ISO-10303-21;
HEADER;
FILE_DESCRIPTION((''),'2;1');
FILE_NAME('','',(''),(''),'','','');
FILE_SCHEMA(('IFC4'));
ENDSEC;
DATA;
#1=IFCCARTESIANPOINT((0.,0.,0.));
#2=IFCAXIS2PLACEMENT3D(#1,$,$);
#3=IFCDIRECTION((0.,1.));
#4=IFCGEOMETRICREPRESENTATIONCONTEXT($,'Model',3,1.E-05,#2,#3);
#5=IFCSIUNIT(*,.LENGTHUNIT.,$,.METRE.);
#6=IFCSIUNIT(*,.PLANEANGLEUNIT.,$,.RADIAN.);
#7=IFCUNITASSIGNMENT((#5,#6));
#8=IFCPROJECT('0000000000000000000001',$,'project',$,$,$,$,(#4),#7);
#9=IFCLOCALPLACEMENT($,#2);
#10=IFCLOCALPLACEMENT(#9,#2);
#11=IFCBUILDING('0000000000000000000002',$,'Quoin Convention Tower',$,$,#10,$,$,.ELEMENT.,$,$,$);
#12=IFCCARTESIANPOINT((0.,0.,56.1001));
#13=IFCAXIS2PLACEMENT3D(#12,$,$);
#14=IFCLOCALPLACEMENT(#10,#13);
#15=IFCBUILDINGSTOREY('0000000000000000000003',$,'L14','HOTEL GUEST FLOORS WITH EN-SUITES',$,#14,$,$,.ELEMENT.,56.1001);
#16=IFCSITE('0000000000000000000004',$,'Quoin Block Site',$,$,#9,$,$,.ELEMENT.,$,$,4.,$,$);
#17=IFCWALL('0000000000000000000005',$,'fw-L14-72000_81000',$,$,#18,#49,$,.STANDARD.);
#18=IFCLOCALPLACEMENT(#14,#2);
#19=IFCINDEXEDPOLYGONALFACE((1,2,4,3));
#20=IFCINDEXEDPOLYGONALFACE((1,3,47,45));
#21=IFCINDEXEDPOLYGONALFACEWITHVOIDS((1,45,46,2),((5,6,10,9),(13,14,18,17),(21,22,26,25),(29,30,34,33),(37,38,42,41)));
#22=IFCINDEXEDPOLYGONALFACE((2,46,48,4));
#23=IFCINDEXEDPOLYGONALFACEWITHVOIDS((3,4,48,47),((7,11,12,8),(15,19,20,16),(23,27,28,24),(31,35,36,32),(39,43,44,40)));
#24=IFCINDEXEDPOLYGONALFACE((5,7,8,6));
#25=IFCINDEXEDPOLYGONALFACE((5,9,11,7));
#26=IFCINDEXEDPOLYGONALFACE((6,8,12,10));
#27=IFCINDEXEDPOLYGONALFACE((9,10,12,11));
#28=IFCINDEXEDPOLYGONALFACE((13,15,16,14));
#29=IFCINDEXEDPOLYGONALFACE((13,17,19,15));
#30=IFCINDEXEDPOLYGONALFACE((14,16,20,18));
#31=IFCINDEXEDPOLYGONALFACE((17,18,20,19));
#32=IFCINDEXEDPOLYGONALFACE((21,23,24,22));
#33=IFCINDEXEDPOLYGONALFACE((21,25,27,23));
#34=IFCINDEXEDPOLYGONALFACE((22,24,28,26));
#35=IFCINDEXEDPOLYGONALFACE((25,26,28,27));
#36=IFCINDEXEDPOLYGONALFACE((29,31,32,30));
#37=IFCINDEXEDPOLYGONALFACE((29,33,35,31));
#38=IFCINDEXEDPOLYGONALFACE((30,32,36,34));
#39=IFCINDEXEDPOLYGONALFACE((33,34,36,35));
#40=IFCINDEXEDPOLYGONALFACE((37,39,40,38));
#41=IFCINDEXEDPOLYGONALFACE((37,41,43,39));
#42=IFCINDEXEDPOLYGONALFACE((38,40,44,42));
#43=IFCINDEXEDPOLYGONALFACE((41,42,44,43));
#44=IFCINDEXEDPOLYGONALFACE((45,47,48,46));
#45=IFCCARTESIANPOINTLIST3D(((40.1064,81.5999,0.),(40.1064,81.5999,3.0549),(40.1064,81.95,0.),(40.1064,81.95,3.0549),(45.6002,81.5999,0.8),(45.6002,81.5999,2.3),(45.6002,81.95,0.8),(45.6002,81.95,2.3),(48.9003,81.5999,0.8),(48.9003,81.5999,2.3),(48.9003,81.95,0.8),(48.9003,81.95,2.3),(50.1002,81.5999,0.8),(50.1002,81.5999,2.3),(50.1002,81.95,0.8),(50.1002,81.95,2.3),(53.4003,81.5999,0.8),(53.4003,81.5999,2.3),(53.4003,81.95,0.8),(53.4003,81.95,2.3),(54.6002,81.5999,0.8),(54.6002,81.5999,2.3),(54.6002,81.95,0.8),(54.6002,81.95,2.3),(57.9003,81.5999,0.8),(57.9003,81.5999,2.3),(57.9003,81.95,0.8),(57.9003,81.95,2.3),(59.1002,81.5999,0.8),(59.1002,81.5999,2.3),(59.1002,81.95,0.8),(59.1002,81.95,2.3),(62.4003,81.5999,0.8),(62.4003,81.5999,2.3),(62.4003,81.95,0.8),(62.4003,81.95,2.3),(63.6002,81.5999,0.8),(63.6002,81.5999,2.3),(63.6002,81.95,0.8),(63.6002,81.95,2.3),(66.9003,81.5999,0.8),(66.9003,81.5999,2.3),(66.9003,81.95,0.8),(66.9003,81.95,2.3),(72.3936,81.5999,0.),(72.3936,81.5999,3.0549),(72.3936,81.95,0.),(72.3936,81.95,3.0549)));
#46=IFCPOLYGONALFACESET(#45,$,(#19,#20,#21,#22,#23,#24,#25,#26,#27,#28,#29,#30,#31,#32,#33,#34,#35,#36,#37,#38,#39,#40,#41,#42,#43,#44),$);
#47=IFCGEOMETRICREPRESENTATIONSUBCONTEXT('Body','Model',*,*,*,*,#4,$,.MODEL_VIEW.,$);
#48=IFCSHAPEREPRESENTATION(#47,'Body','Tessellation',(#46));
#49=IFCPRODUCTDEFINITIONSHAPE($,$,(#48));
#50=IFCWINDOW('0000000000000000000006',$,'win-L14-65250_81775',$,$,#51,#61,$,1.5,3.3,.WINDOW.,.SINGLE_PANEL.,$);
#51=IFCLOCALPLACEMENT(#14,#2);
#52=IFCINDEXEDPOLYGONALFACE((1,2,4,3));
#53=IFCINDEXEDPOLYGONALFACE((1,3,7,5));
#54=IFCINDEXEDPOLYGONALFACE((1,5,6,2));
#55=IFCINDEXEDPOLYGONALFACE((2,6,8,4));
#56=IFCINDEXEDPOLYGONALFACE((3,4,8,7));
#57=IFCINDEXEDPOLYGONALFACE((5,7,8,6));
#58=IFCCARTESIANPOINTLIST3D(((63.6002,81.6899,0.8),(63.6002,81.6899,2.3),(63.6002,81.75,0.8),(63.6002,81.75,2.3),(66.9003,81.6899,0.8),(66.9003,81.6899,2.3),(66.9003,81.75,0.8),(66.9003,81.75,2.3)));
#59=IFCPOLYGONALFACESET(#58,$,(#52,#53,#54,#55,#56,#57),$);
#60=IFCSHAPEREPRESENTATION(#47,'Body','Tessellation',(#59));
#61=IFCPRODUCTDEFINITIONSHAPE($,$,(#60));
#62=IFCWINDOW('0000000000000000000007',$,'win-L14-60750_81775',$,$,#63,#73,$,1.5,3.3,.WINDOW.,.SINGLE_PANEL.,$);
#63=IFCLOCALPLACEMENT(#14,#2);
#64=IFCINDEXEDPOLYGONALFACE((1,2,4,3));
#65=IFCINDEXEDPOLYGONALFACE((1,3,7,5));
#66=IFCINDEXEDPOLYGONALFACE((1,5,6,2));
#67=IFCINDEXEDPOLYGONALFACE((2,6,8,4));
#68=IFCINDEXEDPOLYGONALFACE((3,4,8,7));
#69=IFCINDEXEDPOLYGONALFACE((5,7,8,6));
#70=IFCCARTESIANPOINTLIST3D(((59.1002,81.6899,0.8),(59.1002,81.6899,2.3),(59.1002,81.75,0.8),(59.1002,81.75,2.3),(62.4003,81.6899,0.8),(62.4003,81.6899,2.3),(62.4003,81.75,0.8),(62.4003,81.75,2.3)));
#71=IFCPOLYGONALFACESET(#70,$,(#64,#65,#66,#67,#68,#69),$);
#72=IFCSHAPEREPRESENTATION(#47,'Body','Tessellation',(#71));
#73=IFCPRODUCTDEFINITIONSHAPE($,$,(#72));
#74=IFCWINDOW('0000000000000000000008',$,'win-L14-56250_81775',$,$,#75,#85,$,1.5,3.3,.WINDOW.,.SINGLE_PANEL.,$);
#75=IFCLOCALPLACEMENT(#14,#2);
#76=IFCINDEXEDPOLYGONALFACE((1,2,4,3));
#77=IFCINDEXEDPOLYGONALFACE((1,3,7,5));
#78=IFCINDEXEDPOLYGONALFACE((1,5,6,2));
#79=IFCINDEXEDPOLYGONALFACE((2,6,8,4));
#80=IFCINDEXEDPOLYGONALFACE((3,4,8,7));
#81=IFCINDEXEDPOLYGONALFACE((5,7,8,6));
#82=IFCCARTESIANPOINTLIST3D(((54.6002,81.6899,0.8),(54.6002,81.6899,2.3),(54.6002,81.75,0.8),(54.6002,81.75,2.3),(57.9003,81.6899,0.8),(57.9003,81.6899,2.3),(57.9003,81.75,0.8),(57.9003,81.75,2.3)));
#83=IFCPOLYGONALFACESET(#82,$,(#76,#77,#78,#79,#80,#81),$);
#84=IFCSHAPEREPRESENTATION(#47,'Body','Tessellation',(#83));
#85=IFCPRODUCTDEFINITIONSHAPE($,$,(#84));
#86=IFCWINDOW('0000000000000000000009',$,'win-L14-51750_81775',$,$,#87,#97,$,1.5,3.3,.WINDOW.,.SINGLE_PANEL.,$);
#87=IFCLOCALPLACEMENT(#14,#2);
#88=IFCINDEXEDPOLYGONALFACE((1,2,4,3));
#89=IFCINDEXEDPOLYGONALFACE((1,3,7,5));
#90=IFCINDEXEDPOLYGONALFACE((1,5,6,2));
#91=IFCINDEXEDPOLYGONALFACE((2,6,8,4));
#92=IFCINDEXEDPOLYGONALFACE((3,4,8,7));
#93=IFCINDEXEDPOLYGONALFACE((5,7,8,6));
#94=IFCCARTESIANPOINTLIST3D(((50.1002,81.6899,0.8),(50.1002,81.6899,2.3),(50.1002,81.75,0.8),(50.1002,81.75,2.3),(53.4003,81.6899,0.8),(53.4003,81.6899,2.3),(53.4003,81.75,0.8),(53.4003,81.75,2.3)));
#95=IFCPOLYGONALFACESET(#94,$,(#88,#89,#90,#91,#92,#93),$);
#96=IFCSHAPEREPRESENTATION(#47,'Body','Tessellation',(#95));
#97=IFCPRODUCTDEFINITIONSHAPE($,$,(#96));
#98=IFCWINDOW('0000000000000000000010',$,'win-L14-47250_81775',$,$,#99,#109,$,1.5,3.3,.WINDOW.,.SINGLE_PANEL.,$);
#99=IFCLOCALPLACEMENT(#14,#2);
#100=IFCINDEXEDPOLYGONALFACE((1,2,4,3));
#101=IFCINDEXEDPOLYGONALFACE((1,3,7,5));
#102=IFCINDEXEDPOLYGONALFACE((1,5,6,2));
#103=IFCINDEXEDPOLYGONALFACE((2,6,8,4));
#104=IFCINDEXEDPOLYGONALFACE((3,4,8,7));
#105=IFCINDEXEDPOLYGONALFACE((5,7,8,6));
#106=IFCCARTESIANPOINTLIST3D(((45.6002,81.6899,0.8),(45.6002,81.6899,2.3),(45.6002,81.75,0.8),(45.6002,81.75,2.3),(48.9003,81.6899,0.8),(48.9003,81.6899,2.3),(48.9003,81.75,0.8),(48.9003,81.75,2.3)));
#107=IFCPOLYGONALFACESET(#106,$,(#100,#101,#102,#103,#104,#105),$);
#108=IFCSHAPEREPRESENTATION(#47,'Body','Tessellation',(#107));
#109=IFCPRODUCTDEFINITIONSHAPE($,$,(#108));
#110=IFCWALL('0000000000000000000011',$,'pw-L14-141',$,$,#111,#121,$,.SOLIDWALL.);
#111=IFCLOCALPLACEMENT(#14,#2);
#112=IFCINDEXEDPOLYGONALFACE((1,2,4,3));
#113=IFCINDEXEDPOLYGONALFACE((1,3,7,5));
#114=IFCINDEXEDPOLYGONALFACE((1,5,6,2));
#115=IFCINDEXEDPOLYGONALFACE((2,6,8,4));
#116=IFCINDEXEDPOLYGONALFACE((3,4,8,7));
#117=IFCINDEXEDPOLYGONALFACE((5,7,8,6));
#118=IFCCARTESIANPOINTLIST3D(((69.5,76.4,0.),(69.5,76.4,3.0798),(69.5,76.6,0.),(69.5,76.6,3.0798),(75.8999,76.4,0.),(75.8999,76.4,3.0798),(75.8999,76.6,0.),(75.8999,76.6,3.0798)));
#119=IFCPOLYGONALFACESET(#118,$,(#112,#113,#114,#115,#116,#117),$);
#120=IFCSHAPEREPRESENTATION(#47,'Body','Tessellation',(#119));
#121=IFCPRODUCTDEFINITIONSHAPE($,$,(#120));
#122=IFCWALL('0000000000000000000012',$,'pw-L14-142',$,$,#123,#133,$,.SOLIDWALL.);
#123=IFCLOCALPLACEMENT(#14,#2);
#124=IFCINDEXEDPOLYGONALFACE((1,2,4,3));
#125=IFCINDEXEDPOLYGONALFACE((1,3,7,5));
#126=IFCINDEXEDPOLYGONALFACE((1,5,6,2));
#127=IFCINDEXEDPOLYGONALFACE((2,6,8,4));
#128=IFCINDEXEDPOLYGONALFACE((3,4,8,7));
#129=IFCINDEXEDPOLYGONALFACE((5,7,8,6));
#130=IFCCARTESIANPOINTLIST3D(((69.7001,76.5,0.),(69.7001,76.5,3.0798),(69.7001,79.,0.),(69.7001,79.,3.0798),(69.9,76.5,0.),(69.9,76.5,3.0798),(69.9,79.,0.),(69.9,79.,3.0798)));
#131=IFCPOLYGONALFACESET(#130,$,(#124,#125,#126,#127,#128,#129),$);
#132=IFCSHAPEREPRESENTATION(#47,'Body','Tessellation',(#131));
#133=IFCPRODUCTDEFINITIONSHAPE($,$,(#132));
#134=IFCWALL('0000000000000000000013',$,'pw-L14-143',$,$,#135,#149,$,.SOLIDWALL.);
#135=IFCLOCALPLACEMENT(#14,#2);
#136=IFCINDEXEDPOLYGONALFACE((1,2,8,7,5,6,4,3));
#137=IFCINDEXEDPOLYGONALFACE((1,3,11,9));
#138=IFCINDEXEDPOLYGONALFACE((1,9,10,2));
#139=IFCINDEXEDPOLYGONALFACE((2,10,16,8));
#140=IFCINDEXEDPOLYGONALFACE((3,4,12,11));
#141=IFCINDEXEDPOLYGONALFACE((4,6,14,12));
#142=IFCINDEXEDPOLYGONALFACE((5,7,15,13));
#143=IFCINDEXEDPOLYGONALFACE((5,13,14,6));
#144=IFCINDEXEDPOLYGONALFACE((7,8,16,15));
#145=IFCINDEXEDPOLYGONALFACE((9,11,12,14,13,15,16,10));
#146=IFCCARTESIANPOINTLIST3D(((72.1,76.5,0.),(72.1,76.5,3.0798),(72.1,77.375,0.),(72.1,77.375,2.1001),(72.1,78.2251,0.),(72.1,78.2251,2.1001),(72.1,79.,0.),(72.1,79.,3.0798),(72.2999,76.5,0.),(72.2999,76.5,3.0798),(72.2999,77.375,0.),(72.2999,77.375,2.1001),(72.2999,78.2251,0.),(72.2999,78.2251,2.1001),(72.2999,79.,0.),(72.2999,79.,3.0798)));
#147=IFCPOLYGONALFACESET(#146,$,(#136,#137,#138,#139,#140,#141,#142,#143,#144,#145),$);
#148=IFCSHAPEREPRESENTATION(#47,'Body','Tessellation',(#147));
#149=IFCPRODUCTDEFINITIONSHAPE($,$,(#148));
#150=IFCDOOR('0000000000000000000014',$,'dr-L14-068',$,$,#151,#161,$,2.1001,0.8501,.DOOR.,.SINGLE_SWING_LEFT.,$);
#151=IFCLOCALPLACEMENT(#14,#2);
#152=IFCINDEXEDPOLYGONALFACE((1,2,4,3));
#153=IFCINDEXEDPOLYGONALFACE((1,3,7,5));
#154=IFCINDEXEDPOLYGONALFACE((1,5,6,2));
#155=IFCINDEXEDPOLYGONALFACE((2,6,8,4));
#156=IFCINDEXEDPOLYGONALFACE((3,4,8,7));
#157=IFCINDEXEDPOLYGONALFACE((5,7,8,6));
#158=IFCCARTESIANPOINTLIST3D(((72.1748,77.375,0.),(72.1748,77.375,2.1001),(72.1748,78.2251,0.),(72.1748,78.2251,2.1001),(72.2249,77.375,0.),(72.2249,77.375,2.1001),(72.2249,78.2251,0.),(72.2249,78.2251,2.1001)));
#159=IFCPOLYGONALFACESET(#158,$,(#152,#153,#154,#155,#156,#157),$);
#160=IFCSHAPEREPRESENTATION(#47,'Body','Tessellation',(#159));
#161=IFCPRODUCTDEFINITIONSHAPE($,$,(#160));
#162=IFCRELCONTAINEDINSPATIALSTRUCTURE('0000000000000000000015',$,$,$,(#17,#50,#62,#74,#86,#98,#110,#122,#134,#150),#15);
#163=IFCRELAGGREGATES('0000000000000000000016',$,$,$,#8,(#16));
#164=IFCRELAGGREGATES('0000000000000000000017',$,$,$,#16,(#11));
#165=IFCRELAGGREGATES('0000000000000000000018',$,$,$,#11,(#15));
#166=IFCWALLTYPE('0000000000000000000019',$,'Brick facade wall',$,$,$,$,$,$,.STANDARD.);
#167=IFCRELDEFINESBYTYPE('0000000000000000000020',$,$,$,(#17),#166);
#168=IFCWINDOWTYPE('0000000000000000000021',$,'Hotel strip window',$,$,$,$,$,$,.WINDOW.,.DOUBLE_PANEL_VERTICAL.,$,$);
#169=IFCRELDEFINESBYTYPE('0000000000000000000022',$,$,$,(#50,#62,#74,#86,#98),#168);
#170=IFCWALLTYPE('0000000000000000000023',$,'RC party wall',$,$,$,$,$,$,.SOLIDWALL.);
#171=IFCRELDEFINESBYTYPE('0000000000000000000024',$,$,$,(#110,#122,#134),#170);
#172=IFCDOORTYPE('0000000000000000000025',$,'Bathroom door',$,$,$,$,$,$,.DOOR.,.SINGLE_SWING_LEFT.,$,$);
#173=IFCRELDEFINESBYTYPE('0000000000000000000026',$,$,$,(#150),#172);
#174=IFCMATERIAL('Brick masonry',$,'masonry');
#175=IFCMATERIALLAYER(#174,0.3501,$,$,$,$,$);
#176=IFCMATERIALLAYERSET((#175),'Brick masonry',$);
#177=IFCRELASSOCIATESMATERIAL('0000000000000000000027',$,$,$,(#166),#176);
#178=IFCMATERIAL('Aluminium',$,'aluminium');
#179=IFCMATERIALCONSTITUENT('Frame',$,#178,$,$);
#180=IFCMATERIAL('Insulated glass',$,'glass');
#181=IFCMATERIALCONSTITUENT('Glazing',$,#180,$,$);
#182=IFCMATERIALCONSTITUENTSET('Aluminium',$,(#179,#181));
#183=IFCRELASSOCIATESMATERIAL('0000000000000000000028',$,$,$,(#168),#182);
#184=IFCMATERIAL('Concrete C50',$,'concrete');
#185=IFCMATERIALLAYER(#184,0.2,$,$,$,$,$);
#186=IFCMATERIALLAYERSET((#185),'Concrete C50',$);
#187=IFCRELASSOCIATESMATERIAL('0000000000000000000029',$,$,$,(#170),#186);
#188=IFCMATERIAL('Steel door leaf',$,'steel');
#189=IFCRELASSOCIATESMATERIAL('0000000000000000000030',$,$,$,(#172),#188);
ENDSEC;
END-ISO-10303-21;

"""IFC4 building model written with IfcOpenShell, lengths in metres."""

from ifc_helpers import new_model, si_unit, direction, frame, frame_2d, origin, place, context, subcontext, project, spatial, rectangle, extrude, material, layer, layer_set, constituent, constituent_set, type_object, element, fill, save


model = new_model("IFC4")

# Units and contexts
model_context = context("Model", 3, precision=1e-05, world=origin(), true_north=direction((0.0, 1.0)))
body_context = subcontext(model_context, "Body", "Model", "MODEL_VIEW")
ifc_project = project(units=[si_unit("LENGTHUNIT", "METRE"), si_unit("PLANEANGLEUNIT", "RADIAN")], contexts=[model_context])

# Site, building, storey
site_placement = place(None, origin())
site = spatial("IfcSite", under=ifc_project, at=site_placement, Name="Quoin Block Site", CompositionType="ELEMENT", RefElevation=4.0)
building_placement = place(site_placement, origin())
building = spatial("IfcBuilding", under=site, at=building_placement, Name="Quoin Convention Tower", CompositionType="ELEMENT")
storey_placement = place(building_placement, frame((0.0, 0.0, 56.1001)))
storey = spatial("IfcBuildingStorey", under=building, at=storey_placement, Name="L14", Description="HOTEL GUEST FLOORS WITH EN-SUITES", CompositionType="ELEMENT", Elevation=56.1001)

# Shared definitions
ifc_material_1 = material(Name="Brick masonry", Category="masonry")
ifc_layer_1 = layer(ifc_material_1, 0.3501)
ifc_layer_set_1 = layer_set([ifc_layer_1], Name="Brick masonry")
wall_type_1 = type_object("IfcWallType", Name="Brick facade wall", PredefinedType="STANDARD", material=ifc_layer_set_1)
ifc_material_2 = material(Name="Aluminium", Category="aluminium")
ifc_constituent_1 = constituent(ifc_material_2, Name="Frame")
ifc_material_3 = material(Name="Insulated glass", Category="glass")
ifc_constituent_2 = constituent(ifc_material_3, Name="Glazing")
ifc_constituent_set = constituent_set(constituents=[ifc_constituent_1, ifc_constituent_2], Name="Aluminium")
window_type = type_object("IfcWindowType", Name="Hotel strip window", PartitioningType="DOUBLE_PANEL_VERTICAL", PredefinedType="WINDOW", material=ifc_constituent_set)

# Wall, openings, windows
wall_1_placement = place(storey_placement, frame((72.3936, 81.7749, 0.0), z_axis=(0.0, 0.0, 1.0), x_axis=(-1.0, 0.0, 0.0)))
wall_1 = element("IfcWall", 1, at=wall_1_placement, inside=storey, type_object=wall_type_1, Name="fw-L14-72000_81000", PredefinedType="STANDARD", context=body_context, shape_type="SweptSolid", body=[
    extrude(rectangle(XDim=32.2871, YDim=0.3501, at=frame_2d((16.1436, 0.0))), origin(), (0.0, 0.0, 1.0), 3.0549),
])
opening_1_placement = place(wall_1_placement, frame((5.4934, 0.0, 0.8)))
opening_1 = element("IfcOpeningElement", 2, at=opening_1_placement, cuts=wall_1, PredefinedType="OPENING", context=body_context, shape_type="SweptSolid", body=[
    extrude(rectangle(XDim=3.3, YDim=1.5, at=frame_2d((1.6499, 0.75))), frame((0.0, 0.1851, 0.0), z_axis=(0.0, -1.0, 0.0), x_axis=(1.0, 0.0, 0.0)), (0.0, 0.0, 1.0), 0.3701),
])
opening_2_placement = place(wall_1_placement, frame((9.9934, 0.0, 0.8)))
opening_2 = element("IfcOpeningElement", 3, at=opening_2_placement, cuts=wall_1, PredefinedType="OPENING", context=body_context, shape_type="SweptSolid", body=[
    extrude(rectangle(XDim=3.3, YDim=1.5, at=frame_2d((1.6499, 0.75))), frame((0.0, 0.1851, 0.0), z_axis=(0.0, -1.0, 0.0), x_axis=(1.0, 0.0, 0.0)), (0.0, 0.0, 1.0), 0.3701),
])
opening_3_placement = place(wall_1_placement, frame((14.4934, 0.0, 0.8)))
opening_3 = element("IfcOpeningElement", 4, at=opening_3_placement, cuts=wall_1, PredefinedType="OPENING", context=body_context, shape_type="SweptSolid", body=[
    extrude(rectangle(XDim=3.3, YDim=1.5, at=frame_2d((1.6499, 0.75))), frame((0.0, 0.1851, 0.0), z_axis=(0.0, -1.0, 0.0), x_axis=(1.0, 0.0, 0.0)), (0.0, 0.0, 1.0), 0.3701),
])
opening_4_placement = place(wall_1_placement, frame((18.9934, 0.0, 0.8)))
opening_4 = element("IfcOpeningElement", 5, at=opening_4_placement, cuts=wall_1, PredefinedType="OPENING", context=body_context, shape_type="SweptSolid", body=[
    extrude(rectangle(XDim=3.3, YDim=1.5, at=frame_2d((1.6499, 0.75))), frame((0.0, 0.1851, 0.0), z_axis=(0.0, -1.0, 0.0), x_axis=(1.0, 0.0, 0.0)), (0.0, 0.0, 1.0), 0.3701),
])
opening_5_placement = place(wall_1_placement, frame((23.4934, 0.0, 0.8)))
opening_5 = element("IfcOpeningElement", 6, at=opening_5_placement, cuts=wall_1, PredefinedType="OPENING", context=body_context, shape_type="SweptSolid", body=[
    extrude(rectangle(XDim=3.3, YDim=1.5, at=frame_2d((1.6499, 0.75))), frame((0.0, 0.1851, 0.0), z_axis=(0.0, -1.0, 0.0), x_axis=(1.0, 0.0, 0.0)), (0.0, 0.0, 1.0), 0.3701),
])
window_1_placement = place(opening_1_placement, origin())
window_1 = element("IfcWindow", 7, at=window_1_placement, inside=storey, type_object=window_type, Name="win-L14-65250_81775", OverallHeight=1.5, OverallWidth=3.3, PartitioningType="SINGLE_PANEL", PredefinedType="WINDOW", context=body_context, shape_type="SweptSolid", body=[
    extrude(rectangle(XDim=3.3, YDim=1.5, at=frame_2d((1.6499, 0.75))), frame((0.0, 0.085, 0.0), z_axis=(0.0, -1.0, 0.0), x_axis=(1.0, 0.0, 0.0)), (0.0, 0.0, 1.0), 0.0601),
])
fill(opening_1, window_1)
window_2_placement = place(opening_2_placement, origin())
window_2 = element("IfcWindow", 8, at=window_2_placement, inside=storey, type_object=window_type, Name="win-L14-60750_81775", OverallHeight=1.5, OverallWidth=3.3, PartitioningType="SINGLE_PANEL", PredefinedType="WINDOW", context=body_context, shape_type="SweptSolid", body=[
    extrude(rectangle(XDim=3.3, YDim=1.5, at=frame_2d((1.6499, 0.75))), frame((0.0, 0.085, 0.0), z_axis=(0.0, -1.0, 0.0), x_axis=(1.0, 0.0, 0.0)), (0.0, 0.0, 1.0), 0.0601),
])
fill(opening_2, window_2)
window_3_placement = place(opening_3_placement, origin())
window_3 = element("IfcWindow", 9, at=window_3_placement, inside=storey, type_object=window_type, Name="win-L14-56250_81775", OverallHeight=1.5, OverallWidth=3.3, PartitioningType="SINGLE_PANEL", PredefinedType="WINDOW", context=body_context, shape_type="SweptSolid", body=[
    extrude(rectangle(XDim=3.3, YDim=1.5, at=frame_2d((1.6499, 0.75))), frame((0.0, 0.085, 0.0), z_axis=(0.0, -1.0, 0.0), x_axis=(1.0, 0.0, 0.0)), (0.0, 0.0, 1.0), 0.0601),
])
fill(opening_3, window_3)
window_4_placement = place(opening_4_placement, origin())
window_4 = element("IfcWindow", 10, at=window_4_placement, inside=storey, type_object=window_type, Name="win-L14-51750_81775", OverallHeight=1.5, OverallWidth=3.3, PartitioningType="SINGLE_PANEL", PredefinedType="WINDOW", context=body_context, shape_type="SweptSolid", body=[
    extrude(rectangle(XDim=3.3, YDim=1.5, at=frame_2d((1.6499, 0.75))), frame((0.0, 0.085, 0.0), z_axis=(0.0, -1.0, 0.0), x_axis=(1.0, 0.0, 0.0)), (0.0, 0.0, 1.0), 0.0601),
])
fill(opening_4, window_4)
window_5_placement = place(opening_5_placement, origin())
window_5 = element("IfcWindow", 11, at=window_5_placement, inside=storey, type_object=window_type, Name="win-L14-47250_81775", OverallHeight=1.5, OverallWidth=3.3, PartitioningType="SINGLE_PANEL", PredefinedType="WINDOW", context=body_context, shape_type="SweptSolid", body=[
    extrude(rectangle(XDim=3.3, YDim=1.5, at=frame_2d((1.6499, 0.75))), frame((0.0, 0.085, 0.0), z_axis=(0.0, -1.0, 0.0), x_axis=(1.0, 0.0, 0.0)), (0.0, 0.0, 1.0), 0.0601),
])
fill(opening_5, window_5)

# Walls
ifc_material_4 = material(Name="Concrete C50", Category="concrete")
ifc_layer_2 = layer(ifc_material_4, 0.2)
ifc_layer_set_2 = layer_set([ifc_layer_2], Name="Concrete C50")
wall_type_2 = type_object("IfcWallType", Name="RC party wall", PredefinedType="SOLIDWALL", material=ifc_layer_set_2)
wall_2_placement = place(storey_placement, frame((69.5, 76.5, 0.0), z_axis=(0.0, 0.0, 1.0), x_axis=(1.0, 0.0, 0.0)))
element("IfcWall", 12, at=wall_2_placement, inside=storey, type_object=wall_type_2, Name="pw-L14-141", PredefinedType="SOLIDWALL", context=body_context, shape_type="SweptSolid", body=[
    extrude(rectangle(XDim=6.3999, YDim=0.2, at=frame_2d((3.2, 0.0))), origin(), (0.0, 0.0, 1.0), 3.0798),
])
wall_3_placement = place(storey_placement, frame((69.8, 76.5, 0.0), z_axis=(0.0, 0.0, 1.0), x_axis=(0.0, 1.0, 0.0)))
element("IfcWall", 13, at=wall_3_placement, inside=storey, type_object=wall_type_2, Name="pw-L14-142", PredefinedType="SOLIDWALL", context=body_context, shape_type="SweptSolid", body=[
    extrude(rectangle(XDim=2.5, YDim=0.2, at=frame_2d((1.25, 0.0))), origin(), (0.0, 0.0, 1.0), 3.0798),
])

# Wall, opening, door
wall_4_placement = place(storey_placement, frame((72.2, 76.5, 0.0), z_axis=(0.0, 0.0, 1.0), x_axis=(0.0, 1.0, 0.0)))
wall_4 = element("IfcWall", 14, at=wall_4_placement, inside=storey, type_object=wall_type_2, Name="pw-L14-143", PredefinedType="SOLIDWALL", context=body_context, shape_type="SweptSolid", body=[
    extrude(rectangle(XDim=2.5, YDim=0.2, at=frame_2d((1.25, 0.0))), origin(), (0.0, 0.0, 1.0), 3.0798),
])
opening_6_placement = place(wall_4_placement, frame((0.875, 0.0, 0.0)))
opening_6 = element("IfcOpeningElement", 15, at=opening_6_placement, cuts=wall_4, PredefinedType="OPENING", context=body_context, shape_type="SweptSolid", body=[
    extrude(rectangle(XDim=0.8501, YDim=2.1001, at=frame_2d((0.425, 1.05))), frame((0.0, 0.1099, 0.0), z_axis=(0.0, -1.0, 0.0), x_axis=(1.0, 0.0, 0.0)), (0.0, 0.0, 1.0), 0.22),
])
ifc_material_5 = material(Name="Steel door leaf", Category="steel")
door_type = type_object("IfcDoorType", Name="Bathroom door", OperationType="SINGLE_SWING_LEFT", PredefinedType="DOOR", material=ifc_material_5)
door_placement = place(opening_6_placement, frame((0.8501, 0.0, 0.0), z_axis=(0.0, 0.0, 1.0), x_axis=(-1.0, 0.0, 0.0)))
door = element("IfcDoor", 16, at=door_placement, inside=storey, type_object=door_type, Name="dr-L14-068", OperationType="SINGLE_SWING_LEFT", OverallHeight=2.1001, OverallWidth=0.8501, PredefinedType="DOOR", context=body_context, shape_type="SweptSolid", body=[
    extrude(rectangle(XDim=0.8501, YDim=2.1001, at=frame_2d((0.425, 1.05))), frame((0.0, 0.0249, 0.0), z_axis=(0.0, -1.0, 0.0), x_axis=(1.0, 0.0, 0.0)), (0.0, 0.0, 1.0), 0.05),
])
fill(opening_6, door)

save(model, "model.ifc")
